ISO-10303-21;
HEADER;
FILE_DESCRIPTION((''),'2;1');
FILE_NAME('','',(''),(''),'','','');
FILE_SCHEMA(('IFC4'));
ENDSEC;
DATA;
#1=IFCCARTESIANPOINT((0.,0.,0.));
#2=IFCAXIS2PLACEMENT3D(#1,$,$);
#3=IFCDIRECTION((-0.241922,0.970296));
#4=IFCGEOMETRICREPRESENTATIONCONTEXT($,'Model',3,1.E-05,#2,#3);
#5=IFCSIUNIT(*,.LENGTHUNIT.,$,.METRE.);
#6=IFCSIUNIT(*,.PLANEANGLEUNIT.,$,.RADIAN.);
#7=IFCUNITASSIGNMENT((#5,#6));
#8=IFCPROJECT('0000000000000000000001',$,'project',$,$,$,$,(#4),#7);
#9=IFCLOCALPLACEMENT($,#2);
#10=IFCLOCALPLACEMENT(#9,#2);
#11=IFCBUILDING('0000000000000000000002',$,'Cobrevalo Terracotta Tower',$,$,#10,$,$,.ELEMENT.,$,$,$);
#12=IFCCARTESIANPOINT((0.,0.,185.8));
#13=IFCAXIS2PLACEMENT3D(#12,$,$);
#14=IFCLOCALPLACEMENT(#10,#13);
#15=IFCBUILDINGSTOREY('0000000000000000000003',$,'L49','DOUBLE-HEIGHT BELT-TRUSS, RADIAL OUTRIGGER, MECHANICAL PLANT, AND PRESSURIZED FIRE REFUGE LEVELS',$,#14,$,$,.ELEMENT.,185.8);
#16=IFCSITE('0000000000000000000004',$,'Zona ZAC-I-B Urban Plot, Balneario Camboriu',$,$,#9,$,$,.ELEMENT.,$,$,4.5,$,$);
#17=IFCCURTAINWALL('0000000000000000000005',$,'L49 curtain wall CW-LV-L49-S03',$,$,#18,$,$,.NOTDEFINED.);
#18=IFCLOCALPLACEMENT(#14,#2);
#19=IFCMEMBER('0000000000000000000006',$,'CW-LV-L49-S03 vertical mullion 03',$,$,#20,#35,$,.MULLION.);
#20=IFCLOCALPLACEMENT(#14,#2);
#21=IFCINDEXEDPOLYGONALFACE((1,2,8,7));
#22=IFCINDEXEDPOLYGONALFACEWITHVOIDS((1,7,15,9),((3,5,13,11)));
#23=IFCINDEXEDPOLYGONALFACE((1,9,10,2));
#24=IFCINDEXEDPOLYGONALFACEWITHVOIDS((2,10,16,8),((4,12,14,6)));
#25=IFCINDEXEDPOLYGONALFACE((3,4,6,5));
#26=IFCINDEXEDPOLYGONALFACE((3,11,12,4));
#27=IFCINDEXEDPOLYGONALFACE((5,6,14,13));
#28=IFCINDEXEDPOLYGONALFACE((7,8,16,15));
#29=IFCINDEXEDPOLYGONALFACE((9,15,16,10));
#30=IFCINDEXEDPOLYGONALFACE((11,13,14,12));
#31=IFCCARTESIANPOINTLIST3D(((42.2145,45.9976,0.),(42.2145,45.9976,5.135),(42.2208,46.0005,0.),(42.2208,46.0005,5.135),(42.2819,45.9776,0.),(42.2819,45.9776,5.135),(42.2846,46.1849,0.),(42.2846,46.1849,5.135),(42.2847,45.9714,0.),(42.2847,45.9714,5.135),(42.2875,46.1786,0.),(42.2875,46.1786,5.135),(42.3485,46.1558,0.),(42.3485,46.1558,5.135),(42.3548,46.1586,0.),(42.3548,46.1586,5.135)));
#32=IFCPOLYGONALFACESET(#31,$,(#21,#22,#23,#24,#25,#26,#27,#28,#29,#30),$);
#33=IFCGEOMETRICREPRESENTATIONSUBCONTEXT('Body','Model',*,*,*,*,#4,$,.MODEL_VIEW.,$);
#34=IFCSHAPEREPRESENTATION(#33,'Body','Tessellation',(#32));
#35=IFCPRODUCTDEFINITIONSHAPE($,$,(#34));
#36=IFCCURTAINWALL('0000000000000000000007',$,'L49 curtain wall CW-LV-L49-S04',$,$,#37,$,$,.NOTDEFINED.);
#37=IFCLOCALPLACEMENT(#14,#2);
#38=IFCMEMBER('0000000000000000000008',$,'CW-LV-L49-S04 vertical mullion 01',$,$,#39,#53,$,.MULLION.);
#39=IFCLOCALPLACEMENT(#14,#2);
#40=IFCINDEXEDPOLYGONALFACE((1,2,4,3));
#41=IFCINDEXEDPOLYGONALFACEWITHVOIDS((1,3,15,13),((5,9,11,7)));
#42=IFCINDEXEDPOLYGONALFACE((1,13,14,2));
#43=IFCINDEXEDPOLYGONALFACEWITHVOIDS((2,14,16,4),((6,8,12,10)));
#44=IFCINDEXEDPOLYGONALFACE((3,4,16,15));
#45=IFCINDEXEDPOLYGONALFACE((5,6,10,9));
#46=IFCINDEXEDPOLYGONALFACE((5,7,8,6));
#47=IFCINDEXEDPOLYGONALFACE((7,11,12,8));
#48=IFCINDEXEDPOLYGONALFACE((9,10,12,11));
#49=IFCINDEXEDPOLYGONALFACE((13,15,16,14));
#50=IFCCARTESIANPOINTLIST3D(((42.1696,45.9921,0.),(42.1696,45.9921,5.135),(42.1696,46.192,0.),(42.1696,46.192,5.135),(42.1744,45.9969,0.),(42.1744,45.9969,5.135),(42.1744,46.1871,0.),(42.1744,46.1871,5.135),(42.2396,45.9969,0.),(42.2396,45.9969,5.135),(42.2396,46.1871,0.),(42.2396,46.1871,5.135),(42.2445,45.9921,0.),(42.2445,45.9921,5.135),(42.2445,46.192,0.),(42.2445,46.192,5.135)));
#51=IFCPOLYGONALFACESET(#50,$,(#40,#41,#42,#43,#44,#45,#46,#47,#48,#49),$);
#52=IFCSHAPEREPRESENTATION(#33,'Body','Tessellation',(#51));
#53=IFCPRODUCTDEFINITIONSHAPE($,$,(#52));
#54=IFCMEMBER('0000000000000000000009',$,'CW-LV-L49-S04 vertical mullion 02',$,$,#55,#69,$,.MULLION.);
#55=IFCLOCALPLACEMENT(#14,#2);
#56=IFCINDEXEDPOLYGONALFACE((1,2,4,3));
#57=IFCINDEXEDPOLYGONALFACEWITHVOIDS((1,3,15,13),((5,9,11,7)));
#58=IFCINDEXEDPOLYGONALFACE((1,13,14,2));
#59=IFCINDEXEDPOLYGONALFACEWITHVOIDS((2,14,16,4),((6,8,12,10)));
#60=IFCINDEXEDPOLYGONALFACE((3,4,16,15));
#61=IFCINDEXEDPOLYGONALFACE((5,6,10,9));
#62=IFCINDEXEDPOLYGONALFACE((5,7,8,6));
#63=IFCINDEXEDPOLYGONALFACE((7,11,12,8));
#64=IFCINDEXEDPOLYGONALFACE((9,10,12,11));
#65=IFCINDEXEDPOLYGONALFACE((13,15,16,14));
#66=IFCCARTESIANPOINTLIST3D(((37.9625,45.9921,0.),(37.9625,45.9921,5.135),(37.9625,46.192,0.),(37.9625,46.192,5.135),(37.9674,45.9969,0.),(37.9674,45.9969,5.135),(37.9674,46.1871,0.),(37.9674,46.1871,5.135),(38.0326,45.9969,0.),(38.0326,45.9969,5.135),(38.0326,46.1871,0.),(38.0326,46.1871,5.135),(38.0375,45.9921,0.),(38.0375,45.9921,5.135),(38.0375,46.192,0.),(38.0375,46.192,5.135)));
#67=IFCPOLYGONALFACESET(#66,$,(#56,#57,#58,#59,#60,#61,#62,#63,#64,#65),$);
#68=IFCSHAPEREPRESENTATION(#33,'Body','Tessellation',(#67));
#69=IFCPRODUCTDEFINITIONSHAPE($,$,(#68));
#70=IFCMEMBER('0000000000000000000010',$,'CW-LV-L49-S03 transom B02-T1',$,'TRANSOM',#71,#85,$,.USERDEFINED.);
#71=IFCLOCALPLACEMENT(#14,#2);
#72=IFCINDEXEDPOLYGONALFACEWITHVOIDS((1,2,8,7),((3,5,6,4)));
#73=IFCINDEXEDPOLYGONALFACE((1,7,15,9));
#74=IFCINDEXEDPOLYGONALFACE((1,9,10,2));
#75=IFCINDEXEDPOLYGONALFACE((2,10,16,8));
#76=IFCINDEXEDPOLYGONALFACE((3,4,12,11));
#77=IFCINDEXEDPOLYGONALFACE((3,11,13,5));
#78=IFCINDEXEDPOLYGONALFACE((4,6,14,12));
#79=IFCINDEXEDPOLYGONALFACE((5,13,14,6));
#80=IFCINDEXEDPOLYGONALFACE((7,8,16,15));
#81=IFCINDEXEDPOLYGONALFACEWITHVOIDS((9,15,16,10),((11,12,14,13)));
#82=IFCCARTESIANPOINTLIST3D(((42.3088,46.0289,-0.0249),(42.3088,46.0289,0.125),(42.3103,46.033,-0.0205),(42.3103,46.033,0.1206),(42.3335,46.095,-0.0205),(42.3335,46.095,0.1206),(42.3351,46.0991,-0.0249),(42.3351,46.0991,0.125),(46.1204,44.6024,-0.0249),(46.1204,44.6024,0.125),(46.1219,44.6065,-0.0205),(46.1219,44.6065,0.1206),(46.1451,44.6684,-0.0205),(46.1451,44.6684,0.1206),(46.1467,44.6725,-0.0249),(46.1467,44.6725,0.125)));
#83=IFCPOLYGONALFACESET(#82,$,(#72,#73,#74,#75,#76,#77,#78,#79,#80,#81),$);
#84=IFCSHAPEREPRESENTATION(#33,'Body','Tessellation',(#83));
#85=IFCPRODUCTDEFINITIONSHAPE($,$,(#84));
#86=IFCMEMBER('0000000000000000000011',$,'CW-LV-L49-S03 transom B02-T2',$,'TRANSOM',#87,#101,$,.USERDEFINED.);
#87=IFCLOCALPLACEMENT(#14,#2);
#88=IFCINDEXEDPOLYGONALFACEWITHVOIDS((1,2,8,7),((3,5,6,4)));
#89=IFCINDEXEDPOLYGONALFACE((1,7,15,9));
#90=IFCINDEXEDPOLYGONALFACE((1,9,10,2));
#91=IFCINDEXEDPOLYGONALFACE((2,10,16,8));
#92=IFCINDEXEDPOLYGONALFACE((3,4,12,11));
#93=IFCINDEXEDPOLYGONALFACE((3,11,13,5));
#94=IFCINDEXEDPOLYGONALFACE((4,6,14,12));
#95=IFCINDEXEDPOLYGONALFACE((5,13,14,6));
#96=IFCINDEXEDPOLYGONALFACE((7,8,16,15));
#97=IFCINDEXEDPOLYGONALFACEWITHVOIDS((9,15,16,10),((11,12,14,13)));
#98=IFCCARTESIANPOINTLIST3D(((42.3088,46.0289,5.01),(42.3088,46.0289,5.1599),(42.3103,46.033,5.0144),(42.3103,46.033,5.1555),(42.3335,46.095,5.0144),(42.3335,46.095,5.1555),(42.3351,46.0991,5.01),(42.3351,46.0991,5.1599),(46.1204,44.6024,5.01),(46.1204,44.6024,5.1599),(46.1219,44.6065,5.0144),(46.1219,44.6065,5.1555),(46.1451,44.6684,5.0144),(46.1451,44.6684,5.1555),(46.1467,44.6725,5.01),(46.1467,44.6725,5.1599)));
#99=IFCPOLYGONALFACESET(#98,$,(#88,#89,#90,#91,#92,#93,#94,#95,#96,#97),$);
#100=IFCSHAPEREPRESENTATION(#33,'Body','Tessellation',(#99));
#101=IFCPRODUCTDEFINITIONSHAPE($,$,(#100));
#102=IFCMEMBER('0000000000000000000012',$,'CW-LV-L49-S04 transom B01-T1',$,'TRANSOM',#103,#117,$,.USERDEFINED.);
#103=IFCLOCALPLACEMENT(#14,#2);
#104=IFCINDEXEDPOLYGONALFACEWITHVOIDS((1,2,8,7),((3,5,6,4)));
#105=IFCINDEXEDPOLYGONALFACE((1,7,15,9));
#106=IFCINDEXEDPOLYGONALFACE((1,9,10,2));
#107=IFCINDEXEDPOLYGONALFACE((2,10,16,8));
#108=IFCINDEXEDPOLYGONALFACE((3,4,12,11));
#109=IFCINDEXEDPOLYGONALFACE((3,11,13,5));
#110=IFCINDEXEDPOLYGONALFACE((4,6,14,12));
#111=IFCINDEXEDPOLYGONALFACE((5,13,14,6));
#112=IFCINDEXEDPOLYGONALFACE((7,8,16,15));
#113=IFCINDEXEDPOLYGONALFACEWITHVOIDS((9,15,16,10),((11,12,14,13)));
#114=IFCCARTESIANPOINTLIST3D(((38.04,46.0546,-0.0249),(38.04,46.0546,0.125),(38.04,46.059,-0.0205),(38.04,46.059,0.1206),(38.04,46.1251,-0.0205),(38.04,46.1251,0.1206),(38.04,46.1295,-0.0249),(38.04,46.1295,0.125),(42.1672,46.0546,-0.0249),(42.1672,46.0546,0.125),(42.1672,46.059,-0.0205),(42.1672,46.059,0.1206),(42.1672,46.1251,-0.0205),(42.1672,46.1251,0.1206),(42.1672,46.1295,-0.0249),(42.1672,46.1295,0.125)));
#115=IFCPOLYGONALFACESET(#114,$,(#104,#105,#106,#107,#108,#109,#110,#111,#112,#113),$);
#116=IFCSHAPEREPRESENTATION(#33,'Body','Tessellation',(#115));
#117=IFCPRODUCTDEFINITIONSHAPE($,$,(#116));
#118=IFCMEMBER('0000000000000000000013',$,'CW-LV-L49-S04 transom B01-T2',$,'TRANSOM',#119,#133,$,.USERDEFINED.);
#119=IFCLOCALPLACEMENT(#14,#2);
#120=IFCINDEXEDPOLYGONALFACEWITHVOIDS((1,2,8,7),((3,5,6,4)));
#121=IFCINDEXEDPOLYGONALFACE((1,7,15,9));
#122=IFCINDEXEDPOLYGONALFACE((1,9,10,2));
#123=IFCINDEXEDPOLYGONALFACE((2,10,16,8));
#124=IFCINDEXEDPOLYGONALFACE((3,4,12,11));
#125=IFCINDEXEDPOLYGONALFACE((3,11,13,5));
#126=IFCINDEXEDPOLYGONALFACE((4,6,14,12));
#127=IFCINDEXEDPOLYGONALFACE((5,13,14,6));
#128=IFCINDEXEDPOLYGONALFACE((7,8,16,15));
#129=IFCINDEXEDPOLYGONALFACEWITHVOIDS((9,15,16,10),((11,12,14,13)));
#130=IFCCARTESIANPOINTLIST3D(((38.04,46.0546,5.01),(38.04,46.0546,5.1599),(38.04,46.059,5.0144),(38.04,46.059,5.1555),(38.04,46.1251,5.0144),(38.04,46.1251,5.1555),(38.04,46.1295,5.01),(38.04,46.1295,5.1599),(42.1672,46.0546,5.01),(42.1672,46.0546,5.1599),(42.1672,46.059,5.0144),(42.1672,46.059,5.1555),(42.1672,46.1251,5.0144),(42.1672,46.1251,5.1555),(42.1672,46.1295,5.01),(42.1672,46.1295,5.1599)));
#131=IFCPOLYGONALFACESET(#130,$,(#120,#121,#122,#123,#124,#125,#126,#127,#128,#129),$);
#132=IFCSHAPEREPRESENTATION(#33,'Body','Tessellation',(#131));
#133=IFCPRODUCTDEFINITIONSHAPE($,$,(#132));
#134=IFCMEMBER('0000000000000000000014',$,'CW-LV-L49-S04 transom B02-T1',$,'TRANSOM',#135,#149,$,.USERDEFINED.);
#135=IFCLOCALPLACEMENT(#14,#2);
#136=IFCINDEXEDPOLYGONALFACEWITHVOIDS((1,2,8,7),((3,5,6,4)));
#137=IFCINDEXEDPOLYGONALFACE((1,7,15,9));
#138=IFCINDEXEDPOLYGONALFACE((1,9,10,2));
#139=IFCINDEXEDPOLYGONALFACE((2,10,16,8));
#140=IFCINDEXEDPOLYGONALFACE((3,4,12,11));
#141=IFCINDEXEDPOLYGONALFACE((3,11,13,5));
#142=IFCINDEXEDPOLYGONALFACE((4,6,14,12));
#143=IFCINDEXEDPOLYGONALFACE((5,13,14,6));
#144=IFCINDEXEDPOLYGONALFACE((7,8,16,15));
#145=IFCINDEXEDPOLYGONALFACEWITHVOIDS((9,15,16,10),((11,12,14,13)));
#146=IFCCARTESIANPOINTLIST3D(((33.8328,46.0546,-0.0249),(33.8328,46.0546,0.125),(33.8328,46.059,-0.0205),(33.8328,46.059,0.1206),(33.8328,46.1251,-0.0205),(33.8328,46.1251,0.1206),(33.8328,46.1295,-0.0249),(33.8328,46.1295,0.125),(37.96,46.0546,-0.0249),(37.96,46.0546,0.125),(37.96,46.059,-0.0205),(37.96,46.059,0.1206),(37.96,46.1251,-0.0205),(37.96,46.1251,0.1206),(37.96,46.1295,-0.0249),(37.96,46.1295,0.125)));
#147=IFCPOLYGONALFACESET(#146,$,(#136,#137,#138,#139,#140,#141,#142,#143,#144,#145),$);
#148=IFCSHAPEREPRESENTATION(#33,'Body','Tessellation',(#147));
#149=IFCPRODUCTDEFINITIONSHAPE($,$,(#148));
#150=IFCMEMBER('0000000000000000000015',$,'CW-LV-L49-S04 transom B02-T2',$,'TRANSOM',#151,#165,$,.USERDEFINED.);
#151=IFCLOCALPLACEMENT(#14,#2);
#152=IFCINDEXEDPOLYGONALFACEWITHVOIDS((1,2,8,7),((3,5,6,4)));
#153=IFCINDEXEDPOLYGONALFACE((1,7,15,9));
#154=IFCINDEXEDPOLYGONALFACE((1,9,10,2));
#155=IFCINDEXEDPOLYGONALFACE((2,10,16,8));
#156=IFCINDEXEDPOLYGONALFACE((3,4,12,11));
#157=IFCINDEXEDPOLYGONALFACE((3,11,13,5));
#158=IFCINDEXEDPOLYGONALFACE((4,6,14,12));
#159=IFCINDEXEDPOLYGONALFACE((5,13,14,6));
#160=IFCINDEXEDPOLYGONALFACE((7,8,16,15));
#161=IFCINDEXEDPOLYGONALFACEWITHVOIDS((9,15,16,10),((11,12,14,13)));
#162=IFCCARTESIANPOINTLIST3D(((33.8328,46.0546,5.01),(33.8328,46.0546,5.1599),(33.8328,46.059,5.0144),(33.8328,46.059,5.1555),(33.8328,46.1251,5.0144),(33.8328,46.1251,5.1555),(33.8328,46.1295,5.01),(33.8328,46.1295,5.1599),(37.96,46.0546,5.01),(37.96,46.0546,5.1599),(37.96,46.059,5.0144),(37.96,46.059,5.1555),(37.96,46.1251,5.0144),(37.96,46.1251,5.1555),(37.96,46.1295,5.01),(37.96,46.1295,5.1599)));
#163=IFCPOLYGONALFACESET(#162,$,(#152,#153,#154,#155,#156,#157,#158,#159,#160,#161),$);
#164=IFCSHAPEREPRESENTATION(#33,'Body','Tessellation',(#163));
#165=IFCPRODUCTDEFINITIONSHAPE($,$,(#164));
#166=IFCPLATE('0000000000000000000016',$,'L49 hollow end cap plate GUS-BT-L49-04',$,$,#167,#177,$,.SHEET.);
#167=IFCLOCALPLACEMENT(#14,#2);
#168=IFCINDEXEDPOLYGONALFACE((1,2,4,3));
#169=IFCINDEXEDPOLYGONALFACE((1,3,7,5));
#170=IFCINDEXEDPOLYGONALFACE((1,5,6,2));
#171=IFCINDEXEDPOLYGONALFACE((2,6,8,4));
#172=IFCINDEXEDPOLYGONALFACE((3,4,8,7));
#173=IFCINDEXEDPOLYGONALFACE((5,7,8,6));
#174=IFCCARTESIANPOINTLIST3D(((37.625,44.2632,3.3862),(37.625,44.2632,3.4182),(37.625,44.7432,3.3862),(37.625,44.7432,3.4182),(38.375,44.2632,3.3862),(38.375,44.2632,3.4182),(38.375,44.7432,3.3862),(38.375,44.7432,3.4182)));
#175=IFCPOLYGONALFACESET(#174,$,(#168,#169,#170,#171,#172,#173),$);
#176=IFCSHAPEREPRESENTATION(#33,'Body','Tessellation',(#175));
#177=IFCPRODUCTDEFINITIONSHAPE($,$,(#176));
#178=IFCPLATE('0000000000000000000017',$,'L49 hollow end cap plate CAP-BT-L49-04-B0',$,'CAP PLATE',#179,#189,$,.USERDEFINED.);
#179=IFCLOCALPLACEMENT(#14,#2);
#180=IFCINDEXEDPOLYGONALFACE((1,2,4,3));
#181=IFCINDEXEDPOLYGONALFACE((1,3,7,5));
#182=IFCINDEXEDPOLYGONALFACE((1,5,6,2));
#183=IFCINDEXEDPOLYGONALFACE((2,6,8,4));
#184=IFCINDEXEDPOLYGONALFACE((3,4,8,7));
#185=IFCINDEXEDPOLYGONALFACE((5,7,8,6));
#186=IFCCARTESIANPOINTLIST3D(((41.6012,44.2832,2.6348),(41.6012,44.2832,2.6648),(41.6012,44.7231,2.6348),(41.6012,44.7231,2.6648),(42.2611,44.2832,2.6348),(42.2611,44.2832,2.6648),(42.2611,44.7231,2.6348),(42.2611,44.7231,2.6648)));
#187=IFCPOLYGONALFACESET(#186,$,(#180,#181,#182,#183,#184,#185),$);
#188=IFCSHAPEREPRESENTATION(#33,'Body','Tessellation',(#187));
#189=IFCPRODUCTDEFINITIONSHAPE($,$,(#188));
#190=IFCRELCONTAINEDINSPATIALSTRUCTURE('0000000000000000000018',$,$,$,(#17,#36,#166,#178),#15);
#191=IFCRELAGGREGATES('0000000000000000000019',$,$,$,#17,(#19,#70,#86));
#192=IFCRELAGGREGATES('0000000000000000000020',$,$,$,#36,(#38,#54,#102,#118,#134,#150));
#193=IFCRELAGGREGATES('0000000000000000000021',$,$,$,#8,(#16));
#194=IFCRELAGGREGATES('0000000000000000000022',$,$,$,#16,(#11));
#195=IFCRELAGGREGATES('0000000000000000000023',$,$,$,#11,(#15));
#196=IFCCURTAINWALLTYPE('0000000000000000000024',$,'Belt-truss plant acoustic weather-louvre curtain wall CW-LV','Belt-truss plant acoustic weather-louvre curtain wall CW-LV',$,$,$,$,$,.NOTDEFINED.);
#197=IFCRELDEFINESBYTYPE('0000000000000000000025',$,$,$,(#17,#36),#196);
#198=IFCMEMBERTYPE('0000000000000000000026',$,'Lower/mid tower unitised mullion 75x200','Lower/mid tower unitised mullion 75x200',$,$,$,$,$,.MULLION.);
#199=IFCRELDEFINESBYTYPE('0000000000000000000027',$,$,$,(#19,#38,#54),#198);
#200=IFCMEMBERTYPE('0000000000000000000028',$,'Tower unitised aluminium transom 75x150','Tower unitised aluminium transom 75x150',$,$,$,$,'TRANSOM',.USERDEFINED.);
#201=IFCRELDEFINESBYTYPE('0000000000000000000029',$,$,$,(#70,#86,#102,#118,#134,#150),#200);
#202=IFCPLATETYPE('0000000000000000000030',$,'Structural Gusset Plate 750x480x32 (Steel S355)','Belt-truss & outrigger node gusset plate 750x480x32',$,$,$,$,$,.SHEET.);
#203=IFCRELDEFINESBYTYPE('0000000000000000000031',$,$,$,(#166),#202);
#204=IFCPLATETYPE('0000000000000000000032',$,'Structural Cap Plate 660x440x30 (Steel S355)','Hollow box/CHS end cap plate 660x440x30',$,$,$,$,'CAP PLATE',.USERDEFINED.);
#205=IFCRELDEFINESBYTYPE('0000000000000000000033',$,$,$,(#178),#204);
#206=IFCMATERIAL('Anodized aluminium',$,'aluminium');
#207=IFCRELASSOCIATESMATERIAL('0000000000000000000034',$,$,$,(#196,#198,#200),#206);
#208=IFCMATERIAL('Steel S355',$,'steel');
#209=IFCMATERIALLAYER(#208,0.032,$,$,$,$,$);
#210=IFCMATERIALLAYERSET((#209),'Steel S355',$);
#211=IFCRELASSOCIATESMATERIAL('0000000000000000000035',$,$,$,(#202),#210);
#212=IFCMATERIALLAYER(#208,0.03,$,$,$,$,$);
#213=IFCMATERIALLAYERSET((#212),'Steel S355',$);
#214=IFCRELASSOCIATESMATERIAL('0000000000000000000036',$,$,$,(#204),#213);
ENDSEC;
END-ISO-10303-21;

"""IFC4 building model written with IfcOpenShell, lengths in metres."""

from ifc_helpers import new_model, si_unit, direction, frame, origin, origin_2d, place, context, subcontext, project, spatial, rectangle, hollow_rectangle, extrude, source, transform, mapped, material, layer, layer_set, material_profile, profile_set, type_object, element, aggregate, save


model = new_model("IFC4")

# Units and contexts
model_context = context("Model", 3, precision=1e-05, world=origin(), true_north=direction((-0.241922, 0.970296)))
body_context = subcontext(model_context, "Body", "Model", "MODEL_VIEW")
ifc_project = project(units=[si_unit("LENGTHUNIT", "METRE"), si_unit("PLANEANGLEUNIT", "RADIAN")], contexts=[model_context])

# Site, building, storey
site_placement = place(None, origin())
site = spatial("IfcSite", under=ifc_project, at=site_placement, Name="Zona ZAC-I-B Urban Plot, Balneario Camboriu", CompositionType="ELEMENT", RefElevation=4.5)
building_placement = place(site_placement, origin())
building = spatial("IfcBuilding", under=site, at=building_placement, Name="Cobrevalo Terracotta Tower", CompositionType="ELEMENT")
storey_placement = place(building_placement, frame((0.0, 0.0, 185.8)))
storey = spatial("IfcBuildingStorey", under=building, at=storey_placement, Name="L49", Description="DOUBLE-HEIGHT BELT-TRUSS, RADIAL OUTRIGGER, MECHANICAL PLANT, AND PRESSURIZED FIRE REFUGE LEVELS", CompositionType="ELEMENT", Elevation=185.8)

# Shared definitions
ifc_material_1 = material(Name="Steel S355", Category="steel")

# Curtain walls, members
ifc_material_2 = material(Name="Anodized aluminium", Category="aluminium")
curtain_wall_type = type_object("IfcCurtainWallType", Name="Belt-truss plant acoustic weather-louvre curtain wall CW-LV", Description="Belt-truss plant acoustic weather-louvre curtain wall CW-LV", PredefinedType="NOTDEFINED", material=ifc_material_2)
curtain_wall_1_placement = place(storey_placement, origin())
curtain_wall_1 = element("IfcCurtainWall", 1, at=curtain_wall_1_placement, inside=storey, type_object=curtain_wall_type, Name="L49 curtain wall CW-LV-L49-S03", PredefinedType="NOTDEFINED")
ifc_material_profile_1 = material_profile(ifc_material_2, hollow_rectangle(XDim=0.075, YDim=0.2, WallThickness=0.0049, at=origin_2d()), Name="CWM 75x200")
ifc_profile_set_1 = profile_set([ifc_material_profile_1], Name="Anodized aluminium")
member_type_1 = type_object("IfcMemberType", Name="Lower/mid tower unitised mullion 75x200", Description="Lower/mid tower unitised mullion 75x200", PredefinedType="MULLION", material=ifc_profile_set_1)
shared_shape_1 = source(origin(), body_context, "Body", "SweptSolid", [
    extrude(hollow_rectangle(XDim=0.075, YDim=0.2, WallThickness=0.0049, at=origin_2d()), origin(), (0.0, 0.0, 1.0), 5.135),
])
member_1_placement = place(storey_placement, frame((42.2847, 46.0781, 0.0), z_axis=(0.0, 0.0, 1.0), x_axis=(-0.936556, 0.350518, 0.0)))
member_1 = element("IfcMember", 2, at=member_1_placement, type_object=member_type_1, Name="CW-LV-L49-S03 vertical mullion 03", PredefinedType="MULLION", context=body_context, shape_type="MappedRepresentation", body=[
    mapped(shared_shape_1, transform((0.0, 0.0, 0.0), scale=1.0)),
])
curtain_wall_2_placement = place(storey_placement, origin())
curtain_wall_2 = element("IfcCurtainWall", 3, at=curtain_wall_2_placement, inside=storey, type_object=curtain_wall_type, Name="L49 curtain wall CW-LV-L49-S04", PredefinedType="NOTDEFINED")
member_2_placement = place(storey_placement, frame((42.207, 46.092, 0.0), z_axis=(0.0, 0.0, 1.0), x_axis=(-1.0, 0.0, 0.0)))
member_2 = element("IfcMember", 4, at=member_2_placement, type_object=member_type_1, Name="CW-LV-L49-S04 vertical mullion 01", PredefinedType="MULLION", context=body_context, shape_type="MappedRepresentation", body=[
    mapped(shared_shape_1, transform((0.0, 0.0, 0.0), scale=1.0)),
])
member_3_placement = place(storey_placement, frame((38.0, 46.092, 0.0), z_axis=(0.0, 0.0, 1.0), x_axis=(-1.0, 0.0, 0.0)))
member_3 = element("IfcMember", 5, at=member_3_placement, type_object=member_type_1, Name="CW-LV-L49-S04 vertical mullion 02", PredefinedType="MULLION", context=body_context, shape_type="MappedRepresentation", body=[
    mapped(shared_shape_1, transform((0.0, 0.0, 0.0), scale=1.0)),
])

# Members
ifc_material_profile_2 = material_profile(ifc_material_2, hollow_rectangle(XDim=0.075, YDim=0.1499, WallThickness=0.0044, at=origin_2d()), Name="CWT 75x150")
ifc_profile_set_2 = profile_set([ifc_material_profile_2], Name="Anodized aluminium")
member_type_2 = type_object("IfcMemberType", Name="Tower unitised aluminium transom 75x150", Description="Tower unitised aluminium transom 75x150", ElementType="TRANSOM", PredefinedType="USERDEFINED", material=ifc_profile_set_2)
shared_shape_2 = source(origin(), body_context, "Body", "SweptSolid", [
    extrude(hollow_rectangle(XDim=0.075, YDim=0.1499, WallThickness=0.0044, at=origin_2d()), origin(), (0.0, 0.0, 1.0), 4.0698),
])
member_4_placement = place(storey_placement, frame((46.1335, 44.6375, 0.05), z_axis=(-0.936556, 0.350519, 0.0), x_axis=(-0.350519, -0.936556, 0.0)))
member_4 = element("IfcMember", 6, at=member_4_placement, type_object=member_type_2, Name="CW-LV-L49-S03 transom B02-T1", ObjectType="TRANSOM", PredefinedType="USERDEFINED", context=body_context, shape_type="MappedRepresentation", body=[
    mapped(shared_shape_2, transform((0.0, 0.0, 0.0), scale=1.0)),
])
member_5_placement = place(storey_placement, frame((46.1335, 44.6375, 5.085), z_axis=(-0.936556, 0.350519, 0.0), x_axis=(-0.350519, -0.936556, 0.0)))
member_5 = element("IfcMember", 7, at=member_5_placement, type_object=member_type_2, Name="CW-LV-L49-S03 transom B02-T2", ObjectType="TRANSOM", PredefinedType="USERDEFINED", context=body_context, shape_type="MappedRepresentation", body=[
    mapped(shared_shape_2, transform((0.0, 0.0, 0.0), scale=1.0)),
])
shared_shape_3 = source(origin(), body_context, "Body", "SweptSolid", [
    extrude(hollow_rectangle(XDim=0.075, YDim=0.1499, WallThickness=0.0044, at=origin_2d()), origin(), (0.0, 0.0, 1.0), 4.1272),
])
member_6_placement = place(storey_placement, frame((42.1672, 46.092, 0.05), z_axis=(-1.0, 0.0, 0.0), x_axis=(0.0, -1.0, 0.0)))
member_6 = element("IfcMember", 8, at=member_6_placement, type_object=member_type_2, Name="CW-LV-L49-S04 transom B01-T1", ObjectType="TRANSOM", PredefinedType="USERDEFINED", context=body_context, shape_type="MappedRepresentation", body=[
    mapped(shared_shape_3, transform((0.0, 0.0, 0.0), scale=1.0)),
])
member_7_placement = place(storey_placement, frame((42.1672, 46.092, 5.085), z_axis=(-1.0, 0.0, 0.0), x_axis=(0.0, -1.0, 0.0)))
member_7 = element("IfcMember", 9, at=member_7_placement, type_object=member_type_2, Name="CW-LV-L49-S04 transom B01-T2", ObjectType="TRANSOM", PredefinedType="USERDEFINED", context=body_context, shape_type="MappedRepresentation", body=[
    mapped(shared_shape_3, transform((0.0, 0.0, 0.0), scale=1.0)),
])
member_8_placement = place(storey_placement, frame((37.96, 46.092, 0.05), z_axis=(-1.0, 0.0, 0.0), x_axis=(0.0, -1.0, 0.0)))
member_8 = element("IfcMember", 10, at=member_8_placement, type_object=member_type_2, Name="CW-LV-L49-S04 transom B02-T1", ObjectType="TRANSOM", PredefinedType="USERDEFINED", context=body_context, shape_type="MappedRepresentation", body=[
    mapped(shared_shape_3, transform((0.0, 0.0, 0.0), scale=1.0)),
])
member_9_placement = place(storey_placement, frame((37.96, 46.092, 5.085), z_axis=(-1.0, 0.0, 0.0), x_axis=(0.0, -1.0, 0.0)))
member_9 = element("IfcMember", 11, at=member_9_placement, type_object=member_type_2, Name="CW-LV-L49-S04 transom B02-T2", ObjectType="TRANSOM", PredefinedType="USERDEFINED", context=body_context, shape_type="MappedRepresentation", body=[
    mapped(shared_shape_3, transform((0.0, 0.0, 0.0), scale=1.0)),
])

# Plates
ifc_layer_1 = layer(ifc_material_1, 0.032)
ifc_layer_set_1 = layer_set([ifc_layer_1], Name="Steel S355")
plate_type_1 = type_object("IfcPlateType", Name="Structural Gusset Plate 750x480x32 (Steel S355)", Description="Belt-truss & outrigger node gusset plate 750x480x32", PredefinedType="SHEET", material=ifc_layer_set_1)
shared_shape_4 = source(origin(), body_context, "Body", "SweptSolid", [
    extrude(rectangle(XDim=0.75, YDim=0.48, at=origin_2d()), origin(), (0.0, 0.0, 1.0), 0.032),
])
plate_1_placement = place(storey_placement, frame((38.0, 44.5032, 3.3862), z_axis=(0.0, 0.0, 1.0), x_axis=(-1.0, 0.0, 0.0)))
element("IfcPlate", 12, at=plate_1_placement, inside=storey, type_object=plate_type_1, Name="L49 hollow end cap plate GUS-BT-L49-04", PredefinedType="SHEET", context=body_context, shape_type="MappedRepresentation", body=[
    mapped(shared_shape_4, transform((0.0, 0.0, 0.0), scale=1.0)),
])
ifc_layer_2 = layer(ifc_material_1, 0.03)
ifc_layer_set_2 = layer_set([ifc_layer_2], Name="Steel S355")
plate_type_2 = type_object("IfcPlateType", Name="Structural Cap Plate 660x440x30 (Steel S355)", Description="Hollow box/CHS end cap plate 660x440x30", ElementType="CAP PLATE", PredefinedType="USERDEFINED", material=ifc_layer_set_2)
shared_shape_5 = source(origin(), body_context, "Body", "SweptSolid", [
    extrude(rectangle(XDim=0.6599, YDim=0.4399, at=origin_2d()), origin(), (0.0, 0.0, 1.0), 0.03),
])
for number, where, z_axis, x_axis, name in (
    (13, (41.9312, 44.5032, 2.6348), (0.0, 0.0, 1.0), (-1.0, 0.0, 0.0), "L49 hollow end cap plate CAP-BT-L49-04-B0"),
):
    element("IfcPlate", number, at=place(storey_placement, frame(where, z_axis=z_axis, x_axis=x_axis)), inside=storey, type_object=plate_type_2, Name=name, ObjectType="CAP PLATE", PredefinedType="USERDEFINED", context=body_context, shape_type="MappedRepresentation", body=[
        mapped(shared_shape_5, transform((0.0, 0.0, 0.0), scale=1.0)),
    ])

aggregate(curtain_wall_1, [member_1, member_4, member_5])
aggregate(curtain_wall_2, [member_2, member_3, member_6, member_7, member_8, member_9])

save(model, "model.ifc")
